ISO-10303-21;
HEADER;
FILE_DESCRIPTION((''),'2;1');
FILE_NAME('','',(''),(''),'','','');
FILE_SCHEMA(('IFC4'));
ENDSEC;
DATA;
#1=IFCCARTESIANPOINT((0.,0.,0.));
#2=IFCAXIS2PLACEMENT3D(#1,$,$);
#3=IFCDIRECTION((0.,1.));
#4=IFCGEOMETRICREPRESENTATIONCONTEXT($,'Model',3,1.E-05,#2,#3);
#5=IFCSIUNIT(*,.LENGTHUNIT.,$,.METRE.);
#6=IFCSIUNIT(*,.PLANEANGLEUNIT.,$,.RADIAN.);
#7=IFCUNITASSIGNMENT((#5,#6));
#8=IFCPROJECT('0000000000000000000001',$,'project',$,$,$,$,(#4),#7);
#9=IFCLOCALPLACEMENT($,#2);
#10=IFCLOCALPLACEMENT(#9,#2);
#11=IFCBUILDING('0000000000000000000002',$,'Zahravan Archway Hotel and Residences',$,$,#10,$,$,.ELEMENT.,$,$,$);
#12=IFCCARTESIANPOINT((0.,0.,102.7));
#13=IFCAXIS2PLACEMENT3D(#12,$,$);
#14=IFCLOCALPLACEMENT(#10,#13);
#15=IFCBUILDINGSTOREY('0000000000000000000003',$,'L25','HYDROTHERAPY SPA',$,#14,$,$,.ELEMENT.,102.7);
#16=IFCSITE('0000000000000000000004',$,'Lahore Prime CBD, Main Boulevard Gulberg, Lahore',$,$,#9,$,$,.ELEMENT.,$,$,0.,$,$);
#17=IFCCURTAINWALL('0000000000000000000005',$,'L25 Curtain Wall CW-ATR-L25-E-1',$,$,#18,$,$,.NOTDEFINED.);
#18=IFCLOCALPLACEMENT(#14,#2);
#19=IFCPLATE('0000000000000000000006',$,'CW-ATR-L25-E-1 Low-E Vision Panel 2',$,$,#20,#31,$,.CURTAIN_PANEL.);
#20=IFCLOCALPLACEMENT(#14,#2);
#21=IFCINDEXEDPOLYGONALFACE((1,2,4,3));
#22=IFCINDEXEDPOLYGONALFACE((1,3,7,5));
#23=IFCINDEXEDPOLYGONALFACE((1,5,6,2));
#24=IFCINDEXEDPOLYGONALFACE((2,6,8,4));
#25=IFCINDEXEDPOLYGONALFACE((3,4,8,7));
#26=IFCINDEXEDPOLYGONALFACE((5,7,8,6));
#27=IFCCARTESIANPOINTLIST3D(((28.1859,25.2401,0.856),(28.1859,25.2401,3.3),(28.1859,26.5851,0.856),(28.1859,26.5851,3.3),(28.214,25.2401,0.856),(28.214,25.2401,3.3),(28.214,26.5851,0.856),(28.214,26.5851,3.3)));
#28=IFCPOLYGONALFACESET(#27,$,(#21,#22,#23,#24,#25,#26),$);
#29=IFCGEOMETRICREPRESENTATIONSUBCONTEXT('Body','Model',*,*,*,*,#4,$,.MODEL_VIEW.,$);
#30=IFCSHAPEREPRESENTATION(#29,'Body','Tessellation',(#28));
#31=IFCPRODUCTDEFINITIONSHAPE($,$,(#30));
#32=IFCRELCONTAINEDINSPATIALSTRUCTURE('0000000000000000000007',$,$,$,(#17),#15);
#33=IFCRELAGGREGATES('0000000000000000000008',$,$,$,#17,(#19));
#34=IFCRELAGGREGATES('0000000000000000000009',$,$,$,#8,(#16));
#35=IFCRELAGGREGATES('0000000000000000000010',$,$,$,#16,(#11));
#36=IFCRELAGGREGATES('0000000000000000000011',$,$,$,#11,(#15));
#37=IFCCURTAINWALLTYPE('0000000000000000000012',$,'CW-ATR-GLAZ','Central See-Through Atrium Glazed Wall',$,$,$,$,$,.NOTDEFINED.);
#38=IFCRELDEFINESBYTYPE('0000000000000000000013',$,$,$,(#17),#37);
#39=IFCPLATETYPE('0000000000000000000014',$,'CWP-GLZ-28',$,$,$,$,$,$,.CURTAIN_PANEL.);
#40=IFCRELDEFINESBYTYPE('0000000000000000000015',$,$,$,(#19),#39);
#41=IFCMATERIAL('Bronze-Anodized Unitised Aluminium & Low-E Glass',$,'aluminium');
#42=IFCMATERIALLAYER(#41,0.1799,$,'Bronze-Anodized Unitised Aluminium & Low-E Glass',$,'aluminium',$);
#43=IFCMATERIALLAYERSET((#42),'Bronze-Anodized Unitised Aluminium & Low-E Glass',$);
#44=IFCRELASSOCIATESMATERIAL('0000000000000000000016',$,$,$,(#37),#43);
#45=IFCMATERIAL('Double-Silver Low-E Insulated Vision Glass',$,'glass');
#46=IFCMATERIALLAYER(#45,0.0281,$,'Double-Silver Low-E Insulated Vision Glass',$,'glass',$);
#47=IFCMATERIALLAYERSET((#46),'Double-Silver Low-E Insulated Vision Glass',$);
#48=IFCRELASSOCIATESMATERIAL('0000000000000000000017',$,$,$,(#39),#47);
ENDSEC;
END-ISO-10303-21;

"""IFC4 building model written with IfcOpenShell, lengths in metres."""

from ifc_helpers import new_model, si_unit, direction, frame, origin, origin_2d, place, context, subcontext, project, spatial, rectangle, extrude, source, transform, mapped, material, layer, layer_set, type_object, element, aggregate, save


model = new_model("IFC4")

# Units and contexts
model_context = context("Model", 3, precision=1e-05, world=origin(), true_north=direction((0.0, 1.0)))
body_context = subcontext(model_context, "Body", "Model", "MODEL_VIEW")
ifc_project = project(units=[si_unit("LENGTHUNIT", "METRE"), si_unit("PLANEANGLEUNIT", "RADIAN")], contexts=[model_context])

# Site, building, storey
site_placement = place(None, origin())
site = spatial("IfcSite", under=ifc_project, at=site_placement, Name="Lahore Prime CBD, Main Boulevard Gulberg, Lahore", CompositionType="ELEMENT", RefElevation=0.0)
building_placement = place(site_placement, origin())
building = spatial("IfcBuilding", under=site, at=building_placement, Name="Zahravan Archway Hotel and Residences", CompositionType="ELEMENT")
storey_placement = place(building_placement, frame((0.0, 0.0, 102.7)))
storey = spatial("IfcBuildingStorey", under=building, at=storey_placement, Name="L25", Description="HYDROTHERAPY SPA", CompositionType="ELEMENT", Elevation=102.7)

# Curtain wall
ifc_material_1 = material(Name="Bronze-Anodized Unitised Aluminium & Low-E Glass", Category="aluminium")
ifc_layer_1 = layer(ifc_material_1, 0.1799, Name="Bronze-Anodized Unitised Aluminium & Low-E Glass", Category="aluminium")
ifc_layer_set_1 = layer_set([ifc_layer_1], Name="Bronze-Anodized Unitised Aluminium & Low-E Glass")
curtain_wall_type = type_object("IfcCurtainWallType", Name="CW-ATR-GLAZ", Description="Central See-Through Atrium Glazed Wall", PredefinedType="NOTDEFINED", material=ifc_layer_set_1)
curtain_wall_1_placement = place(storey_placement, origin())
curtain_wall_1 = element("IfcCurtainWall", 1, at=curtain_wall_1_placement, inside=storey, type_object=curtain_wall_type, Name="L25 Curtain Wall CW-ATR-L25-E-1", PredefinedType="NOTDEFINED")

# Plate
ifc_material_2 = material(Name="Double-Silver Low-E Insulated Vision Glass", Category="glass")
ifc_layer_2 = layer(ifc_material_2, 0.0281, Name="Double-Silver Low-E Insulated Vision Glass", Category="glass")
ifc_layer_set_2 = layer_set([ifc_layer_2], Name="Double-Silver Low-E Insulated Vision Glass")
plate_type_1 = type_object("IfcPlateType", Name="CWP-GLZ-28", PredefinedType="CURTAIN_PANEL", material=ifc_layer_set_2)
shared_shape_1 = source(origin(), body_context, "Body", "SweptSolid", [
    extrude(rectangle(XDim=1.345, YDim=0.0281, at=origin_2d()), origin(), (0.0, 0.0, 1.0), 2.4441),
])
plate_1_placement = place(storey_placement, frame((28.2, 25.9126, 0.856), z_axis=(0.0, 0.0, 1.0), x_axis=(0.0, 1.0, 0.0)))
plate_1 = element("IfcPlate", 2, at=plate_1_placement, type_object=plate_type_1, Name="CW-ATR-L25-E-1 Low-E Vision Panel 2", PredefinedType="CURTAIN_PANEL", context=body_context, shape_type="MappedRepresentation", body=[
    mapped(shared_shape_1, transform((0.0, 0.0, 0.0), scale=1.0)),
])
aggregate(curtain_wall_1, [plate_1])

save(model, "model.ifc")
